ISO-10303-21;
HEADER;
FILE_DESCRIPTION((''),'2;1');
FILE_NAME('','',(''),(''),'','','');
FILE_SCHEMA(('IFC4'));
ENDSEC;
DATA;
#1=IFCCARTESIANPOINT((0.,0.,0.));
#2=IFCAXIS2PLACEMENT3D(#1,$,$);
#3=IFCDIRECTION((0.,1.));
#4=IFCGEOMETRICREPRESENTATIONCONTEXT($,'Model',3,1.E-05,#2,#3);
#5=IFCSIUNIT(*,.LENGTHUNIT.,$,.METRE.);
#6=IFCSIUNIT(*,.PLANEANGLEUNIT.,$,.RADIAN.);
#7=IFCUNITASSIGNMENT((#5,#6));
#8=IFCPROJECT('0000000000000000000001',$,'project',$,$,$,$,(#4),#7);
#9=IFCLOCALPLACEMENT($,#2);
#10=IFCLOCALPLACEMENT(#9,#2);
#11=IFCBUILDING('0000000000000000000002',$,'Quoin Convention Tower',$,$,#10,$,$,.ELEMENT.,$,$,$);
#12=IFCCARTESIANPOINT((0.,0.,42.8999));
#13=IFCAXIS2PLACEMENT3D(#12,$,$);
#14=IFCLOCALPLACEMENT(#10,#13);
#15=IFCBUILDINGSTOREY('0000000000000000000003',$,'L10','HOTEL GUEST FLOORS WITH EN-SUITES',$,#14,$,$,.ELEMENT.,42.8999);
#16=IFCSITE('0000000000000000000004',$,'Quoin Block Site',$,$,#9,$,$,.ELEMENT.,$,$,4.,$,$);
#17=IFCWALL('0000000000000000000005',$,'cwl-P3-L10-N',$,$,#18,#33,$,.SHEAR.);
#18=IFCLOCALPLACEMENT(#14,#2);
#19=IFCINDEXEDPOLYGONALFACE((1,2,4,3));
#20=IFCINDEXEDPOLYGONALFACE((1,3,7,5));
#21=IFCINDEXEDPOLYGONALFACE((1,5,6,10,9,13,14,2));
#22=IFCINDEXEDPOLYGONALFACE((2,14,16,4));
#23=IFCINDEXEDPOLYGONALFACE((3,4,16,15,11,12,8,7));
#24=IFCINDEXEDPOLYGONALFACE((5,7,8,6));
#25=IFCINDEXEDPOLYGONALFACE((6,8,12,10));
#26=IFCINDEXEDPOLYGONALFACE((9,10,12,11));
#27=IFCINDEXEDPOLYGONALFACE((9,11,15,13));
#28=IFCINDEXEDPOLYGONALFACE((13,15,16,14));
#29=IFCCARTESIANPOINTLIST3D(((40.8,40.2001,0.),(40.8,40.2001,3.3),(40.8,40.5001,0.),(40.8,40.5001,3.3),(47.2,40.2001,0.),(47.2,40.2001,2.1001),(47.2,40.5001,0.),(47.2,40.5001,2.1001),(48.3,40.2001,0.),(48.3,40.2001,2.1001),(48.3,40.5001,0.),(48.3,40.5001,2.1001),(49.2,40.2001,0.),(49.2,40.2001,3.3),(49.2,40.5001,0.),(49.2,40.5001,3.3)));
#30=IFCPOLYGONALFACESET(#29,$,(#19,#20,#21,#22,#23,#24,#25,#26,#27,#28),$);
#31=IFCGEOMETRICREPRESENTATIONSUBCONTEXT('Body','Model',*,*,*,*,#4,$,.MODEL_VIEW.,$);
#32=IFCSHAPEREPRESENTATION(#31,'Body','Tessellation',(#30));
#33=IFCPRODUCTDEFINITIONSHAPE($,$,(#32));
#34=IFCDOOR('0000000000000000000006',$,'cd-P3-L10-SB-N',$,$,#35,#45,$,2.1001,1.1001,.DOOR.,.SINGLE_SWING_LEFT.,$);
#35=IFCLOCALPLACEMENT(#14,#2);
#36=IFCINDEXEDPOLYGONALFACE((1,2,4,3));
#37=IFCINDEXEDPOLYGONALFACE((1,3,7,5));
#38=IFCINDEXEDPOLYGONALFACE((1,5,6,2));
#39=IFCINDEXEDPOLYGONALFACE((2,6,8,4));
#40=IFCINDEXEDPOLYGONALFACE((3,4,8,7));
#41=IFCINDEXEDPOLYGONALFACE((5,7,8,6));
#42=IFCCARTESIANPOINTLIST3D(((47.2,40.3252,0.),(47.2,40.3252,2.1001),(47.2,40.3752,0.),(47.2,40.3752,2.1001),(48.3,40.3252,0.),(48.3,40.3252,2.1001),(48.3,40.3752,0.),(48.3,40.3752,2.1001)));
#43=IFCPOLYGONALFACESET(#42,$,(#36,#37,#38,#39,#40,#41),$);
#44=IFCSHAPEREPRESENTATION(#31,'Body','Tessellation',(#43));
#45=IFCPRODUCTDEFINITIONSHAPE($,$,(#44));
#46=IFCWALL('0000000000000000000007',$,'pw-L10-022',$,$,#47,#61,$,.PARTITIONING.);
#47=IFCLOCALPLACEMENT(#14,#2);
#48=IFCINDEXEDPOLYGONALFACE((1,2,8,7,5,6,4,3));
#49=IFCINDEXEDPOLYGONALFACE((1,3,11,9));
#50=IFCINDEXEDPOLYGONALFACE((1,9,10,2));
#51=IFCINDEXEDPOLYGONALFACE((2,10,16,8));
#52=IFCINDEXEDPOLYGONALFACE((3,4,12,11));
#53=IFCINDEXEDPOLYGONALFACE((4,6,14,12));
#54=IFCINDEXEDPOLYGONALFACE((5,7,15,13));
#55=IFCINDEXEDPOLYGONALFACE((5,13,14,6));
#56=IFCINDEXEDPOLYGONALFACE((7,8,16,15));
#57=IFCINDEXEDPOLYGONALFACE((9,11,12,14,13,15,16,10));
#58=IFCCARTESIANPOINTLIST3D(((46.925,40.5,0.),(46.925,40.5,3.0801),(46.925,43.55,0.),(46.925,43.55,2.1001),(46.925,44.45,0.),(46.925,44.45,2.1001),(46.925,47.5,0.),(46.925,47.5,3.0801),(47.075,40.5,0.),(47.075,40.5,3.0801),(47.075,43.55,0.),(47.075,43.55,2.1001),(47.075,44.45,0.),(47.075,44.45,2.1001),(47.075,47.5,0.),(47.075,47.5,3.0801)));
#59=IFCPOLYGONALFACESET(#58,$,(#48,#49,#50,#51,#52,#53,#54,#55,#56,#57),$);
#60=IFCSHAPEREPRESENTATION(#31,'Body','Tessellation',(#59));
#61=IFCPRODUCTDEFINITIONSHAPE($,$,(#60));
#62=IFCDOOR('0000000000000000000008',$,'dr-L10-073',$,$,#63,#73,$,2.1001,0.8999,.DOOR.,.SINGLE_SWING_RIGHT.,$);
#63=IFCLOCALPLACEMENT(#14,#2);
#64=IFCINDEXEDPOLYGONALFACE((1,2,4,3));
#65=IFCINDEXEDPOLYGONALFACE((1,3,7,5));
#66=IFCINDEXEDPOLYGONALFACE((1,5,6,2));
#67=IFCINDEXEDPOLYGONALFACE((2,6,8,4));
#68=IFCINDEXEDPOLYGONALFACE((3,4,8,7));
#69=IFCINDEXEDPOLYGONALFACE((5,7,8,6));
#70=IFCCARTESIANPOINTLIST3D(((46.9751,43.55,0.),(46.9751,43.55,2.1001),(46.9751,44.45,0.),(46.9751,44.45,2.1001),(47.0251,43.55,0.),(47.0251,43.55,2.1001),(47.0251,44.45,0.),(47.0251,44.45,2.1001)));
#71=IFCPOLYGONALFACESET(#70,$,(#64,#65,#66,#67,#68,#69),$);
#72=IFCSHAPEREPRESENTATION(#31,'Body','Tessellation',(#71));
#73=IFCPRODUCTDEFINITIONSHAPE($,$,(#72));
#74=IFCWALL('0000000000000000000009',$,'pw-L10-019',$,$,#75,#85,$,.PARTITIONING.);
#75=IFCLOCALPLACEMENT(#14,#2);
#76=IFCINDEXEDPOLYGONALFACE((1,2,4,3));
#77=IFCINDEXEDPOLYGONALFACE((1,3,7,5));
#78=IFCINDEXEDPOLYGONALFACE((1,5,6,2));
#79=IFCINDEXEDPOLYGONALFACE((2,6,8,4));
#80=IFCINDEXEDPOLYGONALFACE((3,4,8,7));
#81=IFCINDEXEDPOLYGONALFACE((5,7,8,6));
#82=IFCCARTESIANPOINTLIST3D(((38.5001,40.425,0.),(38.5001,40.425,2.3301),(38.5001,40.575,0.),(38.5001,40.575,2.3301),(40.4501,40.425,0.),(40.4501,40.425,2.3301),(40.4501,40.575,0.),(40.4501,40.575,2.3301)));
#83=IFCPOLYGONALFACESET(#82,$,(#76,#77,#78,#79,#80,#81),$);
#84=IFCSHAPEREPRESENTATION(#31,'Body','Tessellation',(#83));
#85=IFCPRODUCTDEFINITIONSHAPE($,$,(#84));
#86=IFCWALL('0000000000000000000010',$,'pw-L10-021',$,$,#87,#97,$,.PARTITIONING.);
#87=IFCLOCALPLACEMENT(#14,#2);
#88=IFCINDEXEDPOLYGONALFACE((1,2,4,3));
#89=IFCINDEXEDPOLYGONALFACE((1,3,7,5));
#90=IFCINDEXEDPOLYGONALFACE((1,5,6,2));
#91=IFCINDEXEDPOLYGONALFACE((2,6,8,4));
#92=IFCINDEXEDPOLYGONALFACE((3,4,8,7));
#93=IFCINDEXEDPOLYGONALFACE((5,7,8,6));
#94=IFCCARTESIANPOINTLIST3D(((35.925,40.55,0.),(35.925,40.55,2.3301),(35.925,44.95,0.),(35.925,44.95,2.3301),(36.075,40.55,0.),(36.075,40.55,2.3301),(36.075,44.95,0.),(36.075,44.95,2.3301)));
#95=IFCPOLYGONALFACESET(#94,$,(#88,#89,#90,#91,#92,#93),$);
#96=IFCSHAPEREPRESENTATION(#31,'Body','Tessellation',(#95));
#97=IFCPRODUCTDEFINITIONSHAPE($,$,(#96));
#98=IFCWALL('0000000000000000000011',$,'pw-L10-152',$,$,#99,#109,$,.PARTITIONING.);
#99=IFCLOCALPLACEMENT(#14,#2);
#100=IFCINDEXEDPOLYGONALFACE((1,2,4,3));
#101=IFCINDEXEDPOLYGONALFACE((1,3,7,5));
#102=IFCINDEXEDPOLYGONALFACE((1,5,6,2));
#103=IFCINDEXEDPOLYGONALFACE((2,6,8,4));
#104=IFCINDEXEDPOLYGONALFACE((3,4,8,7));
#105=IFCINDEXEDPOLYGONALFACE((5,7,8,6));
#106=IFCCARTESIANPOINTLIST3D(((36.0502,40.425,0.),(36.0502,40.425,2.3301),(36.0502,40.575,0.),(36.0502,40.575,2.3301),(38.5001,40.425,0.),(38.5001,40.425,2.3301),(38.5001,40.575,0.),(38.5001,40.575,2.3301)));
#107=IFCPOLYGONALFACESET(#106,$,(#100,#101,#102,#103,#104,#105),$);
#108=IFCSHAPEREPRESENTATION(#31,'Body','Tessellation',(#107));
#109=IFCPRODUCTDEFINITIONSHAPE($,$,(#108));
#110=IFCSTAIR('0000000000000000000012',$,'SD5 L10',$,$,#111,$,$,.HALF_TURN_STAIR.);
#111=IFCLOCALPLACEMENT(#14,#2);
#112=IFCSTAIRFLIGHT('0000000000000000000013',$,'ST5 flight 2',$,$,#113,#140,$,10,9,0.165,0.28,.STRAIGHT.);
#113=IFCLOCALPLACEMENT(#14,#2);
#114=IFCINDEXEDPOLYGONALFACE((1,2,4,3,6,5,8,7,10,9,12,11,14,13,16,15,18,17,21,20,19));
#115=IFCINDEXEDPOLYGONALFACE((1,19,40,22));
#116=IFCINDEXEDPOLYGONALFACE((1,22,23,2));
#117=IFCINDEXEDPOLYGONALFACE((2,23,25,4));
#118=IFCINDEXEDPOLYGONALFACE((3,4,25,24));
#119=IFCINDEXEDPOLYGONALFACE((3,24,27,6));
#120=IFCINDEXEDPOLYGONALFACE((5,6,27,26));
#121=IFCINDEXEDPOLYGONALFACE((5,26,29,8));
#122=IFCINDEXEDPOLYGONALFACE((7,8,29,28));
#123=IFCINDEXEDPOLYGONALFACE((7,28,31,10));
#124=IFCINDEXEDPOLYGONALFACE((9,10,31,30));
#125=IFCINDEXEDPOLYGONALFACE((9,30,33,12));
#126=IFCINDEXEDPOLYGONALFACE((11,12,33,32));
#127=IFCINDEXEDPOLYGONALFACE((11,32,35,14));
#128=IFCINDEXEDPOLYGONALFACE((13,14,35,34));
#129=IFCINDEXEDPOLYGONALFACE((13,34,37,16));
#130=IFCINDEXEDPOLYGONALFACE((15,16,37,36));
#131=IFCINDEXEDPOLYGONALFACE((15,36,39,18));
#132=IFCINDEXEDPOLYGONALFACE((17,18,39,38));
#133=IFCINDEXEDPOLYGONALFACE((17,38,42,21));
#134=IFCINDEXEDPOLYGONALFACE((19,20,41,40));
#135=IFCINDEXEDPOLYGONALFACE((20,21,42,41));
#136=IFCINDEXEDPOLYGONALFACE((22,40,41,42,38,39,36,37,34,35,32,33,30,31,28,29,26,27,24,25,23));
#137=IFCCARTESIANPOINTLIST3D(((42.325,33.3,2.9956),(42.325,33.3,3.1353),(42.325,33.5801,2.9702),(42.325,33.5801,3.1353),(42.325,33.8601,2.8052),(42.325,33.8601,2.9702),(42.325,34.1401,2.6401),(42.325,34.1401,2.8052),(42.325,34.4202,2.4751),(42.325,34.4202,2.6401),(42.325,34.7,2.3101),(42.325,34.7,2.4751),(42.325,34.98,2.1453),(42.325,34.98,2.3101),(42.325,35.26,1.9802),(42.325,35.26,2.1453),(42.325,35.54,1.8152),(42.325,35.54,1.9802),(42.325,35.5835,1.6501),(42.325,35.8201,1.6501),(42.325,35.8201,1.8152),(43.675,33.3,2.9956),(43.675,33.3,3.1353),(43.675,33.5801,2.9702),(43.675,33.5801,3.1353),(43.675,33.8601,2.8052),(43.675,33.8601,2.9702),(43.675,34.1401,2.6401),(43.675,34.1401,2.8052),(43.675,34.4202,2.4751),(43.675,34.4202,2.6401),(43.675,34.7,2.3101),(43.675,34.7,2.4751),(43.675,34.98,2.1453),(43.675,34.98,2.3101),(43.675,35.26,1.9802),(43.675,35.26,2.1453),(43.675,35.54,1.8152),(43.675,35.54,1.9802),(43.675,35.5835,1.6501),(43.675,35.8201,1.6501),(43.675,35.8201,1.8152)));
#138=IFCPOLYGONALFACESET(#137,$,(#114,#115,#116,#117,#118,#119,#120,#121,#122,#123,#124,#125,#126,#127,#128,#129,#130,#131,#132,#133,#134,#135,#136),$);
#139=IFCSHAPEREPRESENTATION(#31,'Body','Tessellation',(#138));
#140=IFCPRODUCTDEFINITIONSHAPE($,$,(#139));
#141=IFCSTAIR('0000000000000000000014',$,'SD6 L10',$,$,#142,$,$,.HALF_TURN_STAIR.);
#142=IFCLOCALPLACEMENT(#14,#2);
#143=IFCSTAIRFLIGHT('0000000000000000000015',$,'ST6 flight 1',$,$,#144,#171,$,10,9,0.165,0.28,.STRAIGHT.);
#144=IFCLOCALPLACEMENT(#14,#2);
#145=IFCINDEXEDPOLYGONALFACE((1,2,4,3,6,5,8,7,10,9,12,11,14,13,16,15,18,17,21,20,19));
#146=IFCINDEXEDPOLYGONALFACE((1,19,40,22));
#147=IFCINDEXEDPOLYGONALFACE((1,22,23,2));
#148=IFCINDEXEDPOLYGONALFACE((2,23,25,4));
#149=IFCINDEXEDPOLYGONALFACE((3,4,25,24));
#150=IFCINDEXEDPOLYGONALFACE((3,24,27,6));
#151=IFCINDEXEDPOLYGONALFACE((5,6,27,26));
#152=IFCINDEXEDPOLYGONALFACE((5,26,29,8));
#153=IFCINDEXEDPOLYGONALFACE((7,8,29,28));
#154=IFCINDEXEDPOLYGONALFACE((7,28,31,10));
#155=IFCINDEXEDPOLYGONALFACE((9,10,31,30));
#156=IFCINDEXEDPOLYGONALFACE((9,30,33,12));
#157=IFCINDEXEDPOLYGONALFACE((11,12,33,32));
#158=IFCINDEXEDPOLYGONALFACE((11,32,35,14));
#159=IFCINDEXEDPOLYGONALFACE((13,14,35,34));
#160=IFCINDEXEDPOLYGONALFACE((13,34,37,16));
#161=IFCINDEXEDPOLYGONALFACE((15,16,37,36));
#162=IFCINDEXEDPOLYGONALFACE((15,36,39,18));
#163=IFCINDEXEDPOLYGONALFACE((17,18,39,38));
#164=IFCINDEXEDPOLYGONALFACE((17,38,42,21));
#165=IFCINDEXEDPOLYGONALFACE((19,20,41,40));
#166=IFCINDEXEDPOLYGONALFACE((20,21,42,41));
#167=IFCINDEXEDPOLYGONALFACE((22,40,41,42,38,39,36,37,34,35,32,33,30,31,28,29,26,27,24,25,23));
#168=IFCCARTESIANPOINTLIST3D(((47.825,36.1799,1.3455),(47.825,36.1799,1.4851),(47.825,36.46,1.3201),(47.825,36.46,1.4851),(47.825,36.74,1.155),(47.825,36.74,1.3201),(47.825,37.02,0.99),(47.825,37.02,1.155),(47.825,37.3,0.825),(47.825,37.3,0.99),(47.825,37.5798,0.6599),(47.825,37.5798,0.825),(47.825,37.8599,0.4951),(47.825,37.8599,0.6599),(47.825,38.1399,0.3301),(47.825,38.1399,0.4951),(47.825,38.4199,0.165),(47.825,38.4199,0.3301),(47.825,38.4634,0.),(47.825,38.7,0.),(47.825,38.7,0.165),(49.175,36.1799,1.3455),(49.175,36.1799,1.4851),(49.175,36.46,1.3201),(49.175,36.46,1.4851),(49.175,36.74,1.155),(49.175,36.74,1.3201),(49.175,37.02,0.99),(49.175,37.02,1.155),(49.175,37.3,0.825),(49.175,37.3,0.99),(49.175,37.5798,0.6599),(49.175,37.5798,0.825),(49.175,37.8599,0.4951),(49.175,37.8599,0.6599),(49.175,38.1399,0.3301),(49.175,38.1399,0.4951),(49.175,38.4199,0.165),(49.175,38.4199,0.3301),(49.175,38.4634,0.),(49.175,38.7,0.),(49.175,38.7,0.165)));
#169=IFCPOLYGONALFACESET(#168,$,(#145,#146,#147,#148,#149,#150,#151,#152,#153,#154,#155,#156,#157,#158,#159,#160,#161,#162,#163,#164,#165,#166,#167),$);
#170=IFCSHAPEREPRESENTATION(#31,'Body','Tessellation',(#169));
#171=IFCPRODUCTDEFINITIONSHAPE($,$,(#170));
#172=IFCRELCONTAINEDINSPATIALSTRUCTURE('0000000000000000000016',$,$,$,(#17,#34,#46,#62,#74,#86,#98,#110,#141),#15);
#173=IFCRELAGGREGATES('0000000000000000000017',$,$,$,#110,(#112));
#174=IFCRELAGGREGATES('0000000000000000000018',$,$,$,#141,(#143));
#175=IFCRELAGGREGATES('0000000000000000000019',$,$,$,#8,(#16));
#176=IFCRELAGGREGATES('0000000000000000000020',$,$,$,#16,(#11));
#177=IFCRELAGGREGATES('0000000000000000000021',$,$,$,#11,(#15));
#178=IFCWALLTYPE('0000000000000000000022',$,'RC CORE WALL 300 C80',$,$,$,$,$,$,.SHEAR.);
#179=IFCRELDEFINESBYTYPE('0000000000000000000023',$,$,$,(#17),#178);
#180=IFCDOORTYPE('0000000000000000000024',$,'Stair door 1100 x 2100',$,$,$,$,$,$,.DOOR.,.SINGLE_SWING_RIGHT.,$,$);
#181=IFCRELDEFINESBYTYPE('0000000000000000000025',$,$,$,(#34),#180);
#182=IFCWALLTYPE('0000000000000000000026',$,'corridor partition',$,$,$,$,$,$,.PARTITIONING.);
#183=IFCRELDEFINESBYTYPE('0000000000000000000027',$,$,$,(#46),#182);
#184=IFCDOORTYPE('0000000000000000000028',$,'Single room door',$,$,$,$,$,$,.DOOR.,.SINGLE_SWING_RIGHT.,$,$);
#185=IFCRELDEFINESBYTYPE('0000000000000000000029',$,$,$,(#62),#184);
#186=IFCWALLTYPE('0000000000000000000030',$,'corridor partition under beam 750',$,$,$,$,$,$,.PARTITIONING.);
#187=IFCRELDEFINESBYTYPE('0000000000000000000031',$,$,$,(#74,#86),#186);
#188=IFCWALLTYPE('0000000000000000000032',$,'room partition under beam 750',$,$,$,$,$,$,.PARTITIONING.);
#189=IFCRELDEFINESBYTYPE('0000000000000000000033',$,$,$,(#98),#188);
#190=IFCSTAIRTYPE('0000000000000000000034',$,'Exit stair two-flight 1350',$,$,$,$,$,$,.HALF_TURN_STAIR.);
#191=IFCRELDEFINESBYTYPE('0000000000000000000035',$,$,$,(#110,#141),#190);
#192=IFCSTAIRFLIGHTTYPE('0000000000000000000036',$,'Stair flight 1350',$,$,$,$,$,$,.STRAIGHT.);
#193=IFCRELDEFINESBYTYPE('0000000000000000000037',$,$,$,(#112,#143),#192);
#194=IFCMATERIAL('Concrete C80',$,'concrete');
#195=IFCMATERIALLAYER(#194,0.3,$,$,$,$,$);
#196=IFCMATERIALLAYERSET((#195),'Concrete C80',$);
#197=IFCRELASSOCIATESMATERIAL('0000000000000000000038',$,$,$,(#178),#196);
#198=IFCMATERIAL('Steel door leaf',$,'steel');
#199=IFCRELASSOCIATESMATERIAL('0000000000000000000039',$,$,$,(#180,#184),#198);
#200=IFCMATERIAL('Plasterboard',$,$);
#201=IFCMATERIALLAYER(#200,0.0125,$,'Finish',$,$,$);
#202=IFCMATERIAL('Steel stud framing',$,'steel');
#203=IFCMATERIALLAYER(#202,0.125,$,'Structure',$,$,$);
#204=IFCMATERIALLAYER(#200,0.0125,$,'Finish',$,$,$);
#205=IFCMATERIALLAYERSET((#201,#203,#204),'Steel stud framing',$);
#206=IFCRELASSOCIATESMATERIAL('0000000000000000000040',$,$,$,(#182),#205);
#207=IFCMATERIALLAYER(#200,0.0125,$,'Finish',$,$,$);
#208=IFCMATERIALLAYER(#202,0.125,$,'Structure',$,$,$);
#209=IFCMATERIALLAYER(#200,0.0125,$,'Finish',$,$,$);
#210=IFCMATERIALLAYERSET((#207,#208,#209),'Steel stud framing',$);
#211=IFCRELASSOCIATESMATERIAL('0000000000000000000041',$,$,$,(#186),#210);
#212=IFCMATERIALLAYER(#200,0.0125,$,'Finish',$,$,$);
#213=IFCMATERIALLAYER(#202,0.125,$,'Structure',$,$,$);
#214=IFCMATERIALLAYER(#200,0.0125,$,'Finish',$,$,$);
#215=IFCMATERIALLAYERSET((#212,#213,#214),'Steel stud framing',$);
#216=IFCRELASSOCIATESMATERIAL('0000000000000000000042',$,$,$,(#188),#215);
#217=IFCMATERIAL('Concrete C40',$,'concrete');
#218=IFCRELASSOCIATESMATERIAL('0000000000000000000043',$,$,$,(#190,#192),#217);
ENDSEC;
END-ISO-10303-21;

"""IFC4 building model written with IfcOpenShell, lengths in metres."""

from ifc_helpers import new_model, si_unit, direction, frame, frame_2d, origin, place, context, subcontext, project, spatial, polyline, rectangle, outline, extrude, material, layer, layer_set, type_object, element, fill, aggregate, save


model = new_model("IFC4")

# Units and contexts
model_context = context("Model", 3, precision=1e-05, world=origin(), true_north=direction((0.0, 1.0)))
body_context = subcontext(model_context, "Body", "Model", "MODEL_VIEW")
ifc_project = project(units=[si_unit("LENGTHUNIT", "METRE"), si_unit("PLANEANGLEUNIT", "RADIAN")], contexts=[model_context])

# Site, building, storey
site_placement = place(None, origin())
site = spatial("IfcSite", under=ifc_project, at=site_placement, Name="Quoin Block Site", CompositionType="ELEMENT", RefElevation=4.0)
building_placement = place(site_placement, origin())
building = spatial("IfcBuilding", under=site, at=building_placement, Name="Quoin Convention Tower", CompositionType="ELEMENT")
storey_placement = place(building_placement, frame((0.0, 0.0, 42.8999)))
storey = spatial("IfcBuildingStorey", under=building, at=storey_placement, Name="L10", Description="HOTEL GUEST FLOORS WITH EN-SUITES", CompositionType="ELEMENT", Elevation=42.8999)

# Shared definitions
ifc_material_1 = material(Name="Concrete C80", Category="concrete")

# Walls, openings, doors
ifc_layer_1 = layer(ifc_material_1, 0.3)
ifc_layer_set_1 = layer_set([ifc_layer_1], Name="Concrete C80")
wall_type_1 = type_object("IfcWallType", Name="RC CORE WALL 300 C80", PredefinedType="SHEAR", material=ifc_layer_set_1)
wall_1_placement = place(storey_placement, frame((40.8, 40.3501, 0.0), z_axis=(0.0, 0.0, 1.0), x_axis=(1.0, 0.0, 0.0)))
wall_1 = element("IfcWall", 1, at=wall_1_placement, inside=storey, type_object=wall_type_1, Name="cwl-P3-L10-N", PredefinedType="SHEAR", context=body_context, shape_type="SweptSolid", body=[
    extrude(rectangle(XDim=8.3999, YDim=0.3, at=frame_2d((4.2, 0.0))), origin(), (0.0, 0.0, 1.0), 3.3),
])
opening_1_placement = place(wall_1_placement, frame((6.3999, 0.0, 0.0)))
opening_1 = element("IfcOpeningElement", 2, at=opening_1_placement, cuts=wall_1, PredefinedType="OPENING", context=body_context, shape_type="SweptSolid", body=[
    extrude(rectangle(XDim=1.1001, YDim=2.1001, at=frame_2d((0.55, 1.05))), frame((0.0, 0.1599, 0.0), z_axis=(0.0, -1.0, 0.0), x_axis=(1.0, 0.0, 0.0)), (0.0, 0.0, 1.0), 0.3201),
])
ifc_material_2 = material(Name="Steel door leaf", Category="steel")
door_type_1 = type_object("IfcDoorType", Name="Stair door 1100 x 2100", OperationType="SINGLE_SWING_RIGHT", PredefinedType="DOOR", material=ifc_material_2)
door_1_placement = place(opening_1_placement, frame((1.1001, 0.0, 0.0), z_axis=(0.0, 0.0, 1.0), x_axis=(-1.0, 0.0, 0.0)))
door_1 = element("IfcDoor", 3, at=door_1_placement, inside=storey, type_object=door_type_1, Name="cd-P3-L10-SB-N", OperationType="SINGLE_SWING_LEFT", OverallHeight=2.1001, OverallWidth=1.1001, PredefinedType="DOOR", context=body_context, shape_type="SweptSolid", body=[
    extrude(rectangle(XDim=1.1001, YDim=2.1001, at=frame_2d((0.55, 1.05))), frame((0.0, 0.0249, 0.0), z_axis=(0.0, -1.0, 0.0), x_axis=(1.0, 0.0, 0.0)), (0.0, 0.0, 1.0), 0.05),
])
fill(opening_1, door_1)
ifc_material_3 = material(Name="Plasterboard")
ifc_layer_2 = layer(ifc_material_3, 0.0125, Name="Finish")
ifc_material_4 = material(Name="Steel stud framing", Category="steel")
ifc_layer_3 = layer(ifc_material_4, 0.125, Name="Structure")
ifc_layer_4 = layer(ifc_material_3, 0.0125, Name="Finish")
ifc_layer_set_2 = layer_set([ifc_layer_2, ifc_layer_3, ifc_layer_4], Name="Steel stud framing")
wall_type_2 = type_object("IfcWallType", Name="corridor partition", PredefinedType="PARTITIONING", material=ifc_layer_set_2)
wall_2_placement = place(storey_placement, frame((47.0, 40.5, 0.0), z_axis=(0.0, 0.0, 1.0), x_axis=(0.0, 1.0, 0.0)))
wall_2 = element("IfcWall", 4, at=wall_2_placement, inside=storey, type_object=wall_type_2, Name="pw-L10-022", PredefinedType="PARTITIONING", context=body_context, shape_type="SweptSolid", body=[
    extrude(rectangle(XDim=7.0, YDim=0.1499, at=frame_2d((3.5, 0.0))), origin(), (0.0, 0.0, 1.0), 3.0801),
])
opening_2_placement = place(wall_2_placement, frame((3.05, 0.0, 0.0)))
opening_2 = element("IfcOpeningElement", 5, at=opening_2_placement, cuts=wall_2, PredefinedType="OPENING", context=body_context, shape_type="SweptSolid", body=[
    extrude(rectangle(XDim=0.8999, YDim=2.1001, at=frame_2d((0.45, 1.05))), frame((0.0, 0.085, 0.0), z_axis=(0.0, -1.0, 0.0), x_axis=(1.0, 0.0, 0.0)), (0.0, 0.0, 1.0), 0.1699),
])
door_type_2 = type_object("IfcDoorType", Name="Single room door", OperationType="SINGLE_SWING_RIGHT", PredefinedType="DOOR", material=ifc_material_2)
door_2_placement = place(opening_2_placement, origin())
door_2 = element("IfcDoor", 6, at=door_2_placement, inside=storey, type_object=door_type_2, Name="dr-L10-073", OperationType="SINGLE_SWING_RIGHT", OverallHeight=2.1001, OverallWidth=0.8999, PredefinedType="DOOR", context=body_context, shape_type="SweptSolid", body=[
    extrude(rectangle(XDim=0.8999, YDim=2.1001, at=frame_2d((0.45, 1.05))), frame((0.0, 0.0249, 0.0), z_axis=(0.0, -1.0, 0.0), x_axis=(1.0, 0.0, 0.0)), (0.0, 0.0, 1.0), 0.05),
])
fill(opening_2, door_2)

# Walls
ifc_layer_5 = layer(ifc_material_3, 0.0125, Name="Finish")
ifc_layer_6 = layer(ifc_material_4, 0.125, Name="Structure")
ifc_layer_7 = layer(ifc_material_3, 0.0125, Name="Finish")
ifc_layer_set_3 = layer_set([ifc_layer_5, ifc_layer_6, ifc_layer_7], Name="Steel stud framing")
wall_type_3 = type_object("IfcWallType", Name="corridor partition under beam 750", PredefinedType="PARTITIONING", material=ifc_layer_set_3)
wall_3_placement = place(storey_placement, frame((38.5, 40.5, 0.0), z_axis=(0.0, 0.0, 1.0), x_axis=(1.0, 0.0, 0.0)))
element("IfcWall", 7, at=wall_3_placement, inside=storey, type_object=wall_type_3, Name="pw-L10-019", PredefinedType="PARTITIONING", context=body_context, shape_type="SweptSolid", body=[
    extrude(rectangle(XDim=1.95, YDim=0.1499, at=frame_2d((0.9751, 0.0))), origin(), (0.0, 0.0, 1.0), 2.3301),
])
wall_4_placement = place(storey_placement, frame((36.0, 40.55, 0.0), z_axis=(0.0, 0.0, 1.0), x_axis=(0.0, 1.0, 0.0)))
element("IfcWall", 8, at=wall_4_placement, inside=storey, type_object=wall_type_3, Name="pw-L10-021", PredefinedType="PARTITIONING", context=body_context, shape_type="SweptSolid", body=[
    extrude(rectangle(XDim=4.3999, YDim=0.1499, at=frame_2d((2.2, 0.0))), origin(), (0.0, 0.0, 1.0), 2.3301),
])
ifc_layer_8 = layer(ifc_material_3, 0.0125, Name="Finish")
ifc_layer_9 = layer(ifc_material_4, 0.125, Name="Structure")
ifc_layer_10 = layer(ifc_material_3, 0.0125, Name="Finish")
ifc_layer_set_4 = layer_set([ifc_layer_8, ifc_layer_9, ifc_layer_10], Name="Steel stud framing")
wall_type_4 = type_object("IfcWallType", Name="room partition under beam 750", PredefinedType="PARTITIONING", material=ifc_layer_set_4)
wall_5_placement = place(storey_placement, frame((36.05, 40.5, 0.0), z_axis=(0.0, 0.0, 1.0), x_axis=(1.0, 0.0, 0.0)))
element("IfcWall", 9, at=wall_5_placement, inside=storey, type_object=wall_type_4, Name="pw-L10-152", PredefinedType="PARTITIONING", context=body_context, shape_type="SweptSolid", body=[
    extrude(rectangle(XDim=2.45, YDim=0.1499, at=frame_2d((1.2251, 0.0))), origin(), (0.0, 0.0, 1.0), 2.3301),
])

# Stair, stair flight
ifc_material_5 = material(Name="Concrete C40", Category="concrete")
stair_type = type_object("IfcStairType", Name="Exit stair two-flight 1350", PredefinedType="HALF_TURN_STAIR", material=ifc_material_5)
stair_1_placement = place(storey_placement, origin())
stair_1 = element("IfcStair", 10, at=stair_1_placement, inside=storey, type_object=stair_type, Name="SD5 L10", PredefinedType="HALF_TURN_STAIR")
stair_flight_type = type_object("IfcStairFlightType", Name="Stair flight 1350", PredefinedType="STRAIGHT", material=ifc_material_5)
stair_flight_1_placement = place(storey_placement, frame((43.0, 35.8201, 1.6501), z_axis=(0.0, 0.0, 1.0), x_axis=(0.0, -1.0, 0.0)))
stair_flight_1 = element("IfcStairFlight", 11, at=stair_flight_1_placement, type_object=stair_flight_type, Name="ST5 flight 2", NumberOfRisers=10, NumberOfTreads=9, PredefinedType="STRAIGHT", RiserHeight=0.165, TreadLength=0.28, context=body_context, shape_type="SweptSolid", body=[
    extrude(outline(polyline([(0.0, 0.0), (0.0, 0.165), (0.28, 0.165), (0.28, 0.3301), (0.5601, 0.3301), (0.5601, 0.4951), (0.8401, 0.4951), (0.8401, 0.6599), (1.1201, 0.6599), (1.1201, 0.825), (1.3999, 0.825), (1.3999, 0.99), (1.6799, 0.99), (1.6799, 1.155), (1.96, 1.155), (1.96, 1.3201), (2.24, 1.3201), (2.24, 1.4851), (2.52, 1.4851), (2.52, 1.6499), (2.52, 1.3455), (0.2366, 0.0), (0.0, 0.0)])), frame((0.0, 0.675, 0.0), z_axis=(0.0, -1.0, 0.0), x_axis=(1.0, 0.0, 0.0)), (0.0, 0.0, 1.0), 1.3501),
])
aggregate(stair_1, [stair_flight_1])

# Stair, stair flight
stair_2_placement = place(storey_placement, origin())
stair_2 = element("IfcStair", 12, at=stair_2_placement, inside=storey, type_object=stair_type, Name="SD6 L10", PredefinedType="HALF_TURN_STAIR")
stair_flight_2_placement = place(storey_placement, frame((48.5, 38.7, 0.0), z_axis=(0.0, 0.0, 1.0), x_axis=(0.0, -1.0, 0.0)))
stair_flight_2 = element("IfcStairFlight", 13, at=stair_flight_2_placement, type_object=stair_flight_type, Name="ST6 flight 1", NumberOfRisers=10, NumberOfTreads=9, PredefinedType="STRAIGHT", RiserHeight=0.165, TreadLength=0.28, context=body_context, shape_type="SweptSolid", body=[
    extrude(outline(polyline([(0.0, 0.0), (0.0, 0.165), (0.28, 0.165), (0.28, 0.3301), (0.5601, 0.3301), (0.5601, 0.4951), (0.8401, 0.4951), (0.8401, 0.6599), (1.1201, 0.6599), (1.1201, 0.825), (1.3999, 0.825), (1.3999, 0.99), (1.6799, 0.99), (1.6799, 1.155), (1.96, 1.155), (1.96, 1.3201), (2.24, 1.3201), (2.24, 1.4851), (2.52, 1.4851), (2.52, 1.6499), (2.52, 1.3455), (0.2366, 0.0), (0.0, 0.0)])), frame((0.0, 0.675, 0.0), z_axis=(0.0, -1.0, 0.0), x_axis=(1.0, 0.0, 0.0)), (0.0, 0.0, 1.0), 1.3501),
])
aggregate(stair_2, [stair_flight_2])

save(model, "model.ifc")
